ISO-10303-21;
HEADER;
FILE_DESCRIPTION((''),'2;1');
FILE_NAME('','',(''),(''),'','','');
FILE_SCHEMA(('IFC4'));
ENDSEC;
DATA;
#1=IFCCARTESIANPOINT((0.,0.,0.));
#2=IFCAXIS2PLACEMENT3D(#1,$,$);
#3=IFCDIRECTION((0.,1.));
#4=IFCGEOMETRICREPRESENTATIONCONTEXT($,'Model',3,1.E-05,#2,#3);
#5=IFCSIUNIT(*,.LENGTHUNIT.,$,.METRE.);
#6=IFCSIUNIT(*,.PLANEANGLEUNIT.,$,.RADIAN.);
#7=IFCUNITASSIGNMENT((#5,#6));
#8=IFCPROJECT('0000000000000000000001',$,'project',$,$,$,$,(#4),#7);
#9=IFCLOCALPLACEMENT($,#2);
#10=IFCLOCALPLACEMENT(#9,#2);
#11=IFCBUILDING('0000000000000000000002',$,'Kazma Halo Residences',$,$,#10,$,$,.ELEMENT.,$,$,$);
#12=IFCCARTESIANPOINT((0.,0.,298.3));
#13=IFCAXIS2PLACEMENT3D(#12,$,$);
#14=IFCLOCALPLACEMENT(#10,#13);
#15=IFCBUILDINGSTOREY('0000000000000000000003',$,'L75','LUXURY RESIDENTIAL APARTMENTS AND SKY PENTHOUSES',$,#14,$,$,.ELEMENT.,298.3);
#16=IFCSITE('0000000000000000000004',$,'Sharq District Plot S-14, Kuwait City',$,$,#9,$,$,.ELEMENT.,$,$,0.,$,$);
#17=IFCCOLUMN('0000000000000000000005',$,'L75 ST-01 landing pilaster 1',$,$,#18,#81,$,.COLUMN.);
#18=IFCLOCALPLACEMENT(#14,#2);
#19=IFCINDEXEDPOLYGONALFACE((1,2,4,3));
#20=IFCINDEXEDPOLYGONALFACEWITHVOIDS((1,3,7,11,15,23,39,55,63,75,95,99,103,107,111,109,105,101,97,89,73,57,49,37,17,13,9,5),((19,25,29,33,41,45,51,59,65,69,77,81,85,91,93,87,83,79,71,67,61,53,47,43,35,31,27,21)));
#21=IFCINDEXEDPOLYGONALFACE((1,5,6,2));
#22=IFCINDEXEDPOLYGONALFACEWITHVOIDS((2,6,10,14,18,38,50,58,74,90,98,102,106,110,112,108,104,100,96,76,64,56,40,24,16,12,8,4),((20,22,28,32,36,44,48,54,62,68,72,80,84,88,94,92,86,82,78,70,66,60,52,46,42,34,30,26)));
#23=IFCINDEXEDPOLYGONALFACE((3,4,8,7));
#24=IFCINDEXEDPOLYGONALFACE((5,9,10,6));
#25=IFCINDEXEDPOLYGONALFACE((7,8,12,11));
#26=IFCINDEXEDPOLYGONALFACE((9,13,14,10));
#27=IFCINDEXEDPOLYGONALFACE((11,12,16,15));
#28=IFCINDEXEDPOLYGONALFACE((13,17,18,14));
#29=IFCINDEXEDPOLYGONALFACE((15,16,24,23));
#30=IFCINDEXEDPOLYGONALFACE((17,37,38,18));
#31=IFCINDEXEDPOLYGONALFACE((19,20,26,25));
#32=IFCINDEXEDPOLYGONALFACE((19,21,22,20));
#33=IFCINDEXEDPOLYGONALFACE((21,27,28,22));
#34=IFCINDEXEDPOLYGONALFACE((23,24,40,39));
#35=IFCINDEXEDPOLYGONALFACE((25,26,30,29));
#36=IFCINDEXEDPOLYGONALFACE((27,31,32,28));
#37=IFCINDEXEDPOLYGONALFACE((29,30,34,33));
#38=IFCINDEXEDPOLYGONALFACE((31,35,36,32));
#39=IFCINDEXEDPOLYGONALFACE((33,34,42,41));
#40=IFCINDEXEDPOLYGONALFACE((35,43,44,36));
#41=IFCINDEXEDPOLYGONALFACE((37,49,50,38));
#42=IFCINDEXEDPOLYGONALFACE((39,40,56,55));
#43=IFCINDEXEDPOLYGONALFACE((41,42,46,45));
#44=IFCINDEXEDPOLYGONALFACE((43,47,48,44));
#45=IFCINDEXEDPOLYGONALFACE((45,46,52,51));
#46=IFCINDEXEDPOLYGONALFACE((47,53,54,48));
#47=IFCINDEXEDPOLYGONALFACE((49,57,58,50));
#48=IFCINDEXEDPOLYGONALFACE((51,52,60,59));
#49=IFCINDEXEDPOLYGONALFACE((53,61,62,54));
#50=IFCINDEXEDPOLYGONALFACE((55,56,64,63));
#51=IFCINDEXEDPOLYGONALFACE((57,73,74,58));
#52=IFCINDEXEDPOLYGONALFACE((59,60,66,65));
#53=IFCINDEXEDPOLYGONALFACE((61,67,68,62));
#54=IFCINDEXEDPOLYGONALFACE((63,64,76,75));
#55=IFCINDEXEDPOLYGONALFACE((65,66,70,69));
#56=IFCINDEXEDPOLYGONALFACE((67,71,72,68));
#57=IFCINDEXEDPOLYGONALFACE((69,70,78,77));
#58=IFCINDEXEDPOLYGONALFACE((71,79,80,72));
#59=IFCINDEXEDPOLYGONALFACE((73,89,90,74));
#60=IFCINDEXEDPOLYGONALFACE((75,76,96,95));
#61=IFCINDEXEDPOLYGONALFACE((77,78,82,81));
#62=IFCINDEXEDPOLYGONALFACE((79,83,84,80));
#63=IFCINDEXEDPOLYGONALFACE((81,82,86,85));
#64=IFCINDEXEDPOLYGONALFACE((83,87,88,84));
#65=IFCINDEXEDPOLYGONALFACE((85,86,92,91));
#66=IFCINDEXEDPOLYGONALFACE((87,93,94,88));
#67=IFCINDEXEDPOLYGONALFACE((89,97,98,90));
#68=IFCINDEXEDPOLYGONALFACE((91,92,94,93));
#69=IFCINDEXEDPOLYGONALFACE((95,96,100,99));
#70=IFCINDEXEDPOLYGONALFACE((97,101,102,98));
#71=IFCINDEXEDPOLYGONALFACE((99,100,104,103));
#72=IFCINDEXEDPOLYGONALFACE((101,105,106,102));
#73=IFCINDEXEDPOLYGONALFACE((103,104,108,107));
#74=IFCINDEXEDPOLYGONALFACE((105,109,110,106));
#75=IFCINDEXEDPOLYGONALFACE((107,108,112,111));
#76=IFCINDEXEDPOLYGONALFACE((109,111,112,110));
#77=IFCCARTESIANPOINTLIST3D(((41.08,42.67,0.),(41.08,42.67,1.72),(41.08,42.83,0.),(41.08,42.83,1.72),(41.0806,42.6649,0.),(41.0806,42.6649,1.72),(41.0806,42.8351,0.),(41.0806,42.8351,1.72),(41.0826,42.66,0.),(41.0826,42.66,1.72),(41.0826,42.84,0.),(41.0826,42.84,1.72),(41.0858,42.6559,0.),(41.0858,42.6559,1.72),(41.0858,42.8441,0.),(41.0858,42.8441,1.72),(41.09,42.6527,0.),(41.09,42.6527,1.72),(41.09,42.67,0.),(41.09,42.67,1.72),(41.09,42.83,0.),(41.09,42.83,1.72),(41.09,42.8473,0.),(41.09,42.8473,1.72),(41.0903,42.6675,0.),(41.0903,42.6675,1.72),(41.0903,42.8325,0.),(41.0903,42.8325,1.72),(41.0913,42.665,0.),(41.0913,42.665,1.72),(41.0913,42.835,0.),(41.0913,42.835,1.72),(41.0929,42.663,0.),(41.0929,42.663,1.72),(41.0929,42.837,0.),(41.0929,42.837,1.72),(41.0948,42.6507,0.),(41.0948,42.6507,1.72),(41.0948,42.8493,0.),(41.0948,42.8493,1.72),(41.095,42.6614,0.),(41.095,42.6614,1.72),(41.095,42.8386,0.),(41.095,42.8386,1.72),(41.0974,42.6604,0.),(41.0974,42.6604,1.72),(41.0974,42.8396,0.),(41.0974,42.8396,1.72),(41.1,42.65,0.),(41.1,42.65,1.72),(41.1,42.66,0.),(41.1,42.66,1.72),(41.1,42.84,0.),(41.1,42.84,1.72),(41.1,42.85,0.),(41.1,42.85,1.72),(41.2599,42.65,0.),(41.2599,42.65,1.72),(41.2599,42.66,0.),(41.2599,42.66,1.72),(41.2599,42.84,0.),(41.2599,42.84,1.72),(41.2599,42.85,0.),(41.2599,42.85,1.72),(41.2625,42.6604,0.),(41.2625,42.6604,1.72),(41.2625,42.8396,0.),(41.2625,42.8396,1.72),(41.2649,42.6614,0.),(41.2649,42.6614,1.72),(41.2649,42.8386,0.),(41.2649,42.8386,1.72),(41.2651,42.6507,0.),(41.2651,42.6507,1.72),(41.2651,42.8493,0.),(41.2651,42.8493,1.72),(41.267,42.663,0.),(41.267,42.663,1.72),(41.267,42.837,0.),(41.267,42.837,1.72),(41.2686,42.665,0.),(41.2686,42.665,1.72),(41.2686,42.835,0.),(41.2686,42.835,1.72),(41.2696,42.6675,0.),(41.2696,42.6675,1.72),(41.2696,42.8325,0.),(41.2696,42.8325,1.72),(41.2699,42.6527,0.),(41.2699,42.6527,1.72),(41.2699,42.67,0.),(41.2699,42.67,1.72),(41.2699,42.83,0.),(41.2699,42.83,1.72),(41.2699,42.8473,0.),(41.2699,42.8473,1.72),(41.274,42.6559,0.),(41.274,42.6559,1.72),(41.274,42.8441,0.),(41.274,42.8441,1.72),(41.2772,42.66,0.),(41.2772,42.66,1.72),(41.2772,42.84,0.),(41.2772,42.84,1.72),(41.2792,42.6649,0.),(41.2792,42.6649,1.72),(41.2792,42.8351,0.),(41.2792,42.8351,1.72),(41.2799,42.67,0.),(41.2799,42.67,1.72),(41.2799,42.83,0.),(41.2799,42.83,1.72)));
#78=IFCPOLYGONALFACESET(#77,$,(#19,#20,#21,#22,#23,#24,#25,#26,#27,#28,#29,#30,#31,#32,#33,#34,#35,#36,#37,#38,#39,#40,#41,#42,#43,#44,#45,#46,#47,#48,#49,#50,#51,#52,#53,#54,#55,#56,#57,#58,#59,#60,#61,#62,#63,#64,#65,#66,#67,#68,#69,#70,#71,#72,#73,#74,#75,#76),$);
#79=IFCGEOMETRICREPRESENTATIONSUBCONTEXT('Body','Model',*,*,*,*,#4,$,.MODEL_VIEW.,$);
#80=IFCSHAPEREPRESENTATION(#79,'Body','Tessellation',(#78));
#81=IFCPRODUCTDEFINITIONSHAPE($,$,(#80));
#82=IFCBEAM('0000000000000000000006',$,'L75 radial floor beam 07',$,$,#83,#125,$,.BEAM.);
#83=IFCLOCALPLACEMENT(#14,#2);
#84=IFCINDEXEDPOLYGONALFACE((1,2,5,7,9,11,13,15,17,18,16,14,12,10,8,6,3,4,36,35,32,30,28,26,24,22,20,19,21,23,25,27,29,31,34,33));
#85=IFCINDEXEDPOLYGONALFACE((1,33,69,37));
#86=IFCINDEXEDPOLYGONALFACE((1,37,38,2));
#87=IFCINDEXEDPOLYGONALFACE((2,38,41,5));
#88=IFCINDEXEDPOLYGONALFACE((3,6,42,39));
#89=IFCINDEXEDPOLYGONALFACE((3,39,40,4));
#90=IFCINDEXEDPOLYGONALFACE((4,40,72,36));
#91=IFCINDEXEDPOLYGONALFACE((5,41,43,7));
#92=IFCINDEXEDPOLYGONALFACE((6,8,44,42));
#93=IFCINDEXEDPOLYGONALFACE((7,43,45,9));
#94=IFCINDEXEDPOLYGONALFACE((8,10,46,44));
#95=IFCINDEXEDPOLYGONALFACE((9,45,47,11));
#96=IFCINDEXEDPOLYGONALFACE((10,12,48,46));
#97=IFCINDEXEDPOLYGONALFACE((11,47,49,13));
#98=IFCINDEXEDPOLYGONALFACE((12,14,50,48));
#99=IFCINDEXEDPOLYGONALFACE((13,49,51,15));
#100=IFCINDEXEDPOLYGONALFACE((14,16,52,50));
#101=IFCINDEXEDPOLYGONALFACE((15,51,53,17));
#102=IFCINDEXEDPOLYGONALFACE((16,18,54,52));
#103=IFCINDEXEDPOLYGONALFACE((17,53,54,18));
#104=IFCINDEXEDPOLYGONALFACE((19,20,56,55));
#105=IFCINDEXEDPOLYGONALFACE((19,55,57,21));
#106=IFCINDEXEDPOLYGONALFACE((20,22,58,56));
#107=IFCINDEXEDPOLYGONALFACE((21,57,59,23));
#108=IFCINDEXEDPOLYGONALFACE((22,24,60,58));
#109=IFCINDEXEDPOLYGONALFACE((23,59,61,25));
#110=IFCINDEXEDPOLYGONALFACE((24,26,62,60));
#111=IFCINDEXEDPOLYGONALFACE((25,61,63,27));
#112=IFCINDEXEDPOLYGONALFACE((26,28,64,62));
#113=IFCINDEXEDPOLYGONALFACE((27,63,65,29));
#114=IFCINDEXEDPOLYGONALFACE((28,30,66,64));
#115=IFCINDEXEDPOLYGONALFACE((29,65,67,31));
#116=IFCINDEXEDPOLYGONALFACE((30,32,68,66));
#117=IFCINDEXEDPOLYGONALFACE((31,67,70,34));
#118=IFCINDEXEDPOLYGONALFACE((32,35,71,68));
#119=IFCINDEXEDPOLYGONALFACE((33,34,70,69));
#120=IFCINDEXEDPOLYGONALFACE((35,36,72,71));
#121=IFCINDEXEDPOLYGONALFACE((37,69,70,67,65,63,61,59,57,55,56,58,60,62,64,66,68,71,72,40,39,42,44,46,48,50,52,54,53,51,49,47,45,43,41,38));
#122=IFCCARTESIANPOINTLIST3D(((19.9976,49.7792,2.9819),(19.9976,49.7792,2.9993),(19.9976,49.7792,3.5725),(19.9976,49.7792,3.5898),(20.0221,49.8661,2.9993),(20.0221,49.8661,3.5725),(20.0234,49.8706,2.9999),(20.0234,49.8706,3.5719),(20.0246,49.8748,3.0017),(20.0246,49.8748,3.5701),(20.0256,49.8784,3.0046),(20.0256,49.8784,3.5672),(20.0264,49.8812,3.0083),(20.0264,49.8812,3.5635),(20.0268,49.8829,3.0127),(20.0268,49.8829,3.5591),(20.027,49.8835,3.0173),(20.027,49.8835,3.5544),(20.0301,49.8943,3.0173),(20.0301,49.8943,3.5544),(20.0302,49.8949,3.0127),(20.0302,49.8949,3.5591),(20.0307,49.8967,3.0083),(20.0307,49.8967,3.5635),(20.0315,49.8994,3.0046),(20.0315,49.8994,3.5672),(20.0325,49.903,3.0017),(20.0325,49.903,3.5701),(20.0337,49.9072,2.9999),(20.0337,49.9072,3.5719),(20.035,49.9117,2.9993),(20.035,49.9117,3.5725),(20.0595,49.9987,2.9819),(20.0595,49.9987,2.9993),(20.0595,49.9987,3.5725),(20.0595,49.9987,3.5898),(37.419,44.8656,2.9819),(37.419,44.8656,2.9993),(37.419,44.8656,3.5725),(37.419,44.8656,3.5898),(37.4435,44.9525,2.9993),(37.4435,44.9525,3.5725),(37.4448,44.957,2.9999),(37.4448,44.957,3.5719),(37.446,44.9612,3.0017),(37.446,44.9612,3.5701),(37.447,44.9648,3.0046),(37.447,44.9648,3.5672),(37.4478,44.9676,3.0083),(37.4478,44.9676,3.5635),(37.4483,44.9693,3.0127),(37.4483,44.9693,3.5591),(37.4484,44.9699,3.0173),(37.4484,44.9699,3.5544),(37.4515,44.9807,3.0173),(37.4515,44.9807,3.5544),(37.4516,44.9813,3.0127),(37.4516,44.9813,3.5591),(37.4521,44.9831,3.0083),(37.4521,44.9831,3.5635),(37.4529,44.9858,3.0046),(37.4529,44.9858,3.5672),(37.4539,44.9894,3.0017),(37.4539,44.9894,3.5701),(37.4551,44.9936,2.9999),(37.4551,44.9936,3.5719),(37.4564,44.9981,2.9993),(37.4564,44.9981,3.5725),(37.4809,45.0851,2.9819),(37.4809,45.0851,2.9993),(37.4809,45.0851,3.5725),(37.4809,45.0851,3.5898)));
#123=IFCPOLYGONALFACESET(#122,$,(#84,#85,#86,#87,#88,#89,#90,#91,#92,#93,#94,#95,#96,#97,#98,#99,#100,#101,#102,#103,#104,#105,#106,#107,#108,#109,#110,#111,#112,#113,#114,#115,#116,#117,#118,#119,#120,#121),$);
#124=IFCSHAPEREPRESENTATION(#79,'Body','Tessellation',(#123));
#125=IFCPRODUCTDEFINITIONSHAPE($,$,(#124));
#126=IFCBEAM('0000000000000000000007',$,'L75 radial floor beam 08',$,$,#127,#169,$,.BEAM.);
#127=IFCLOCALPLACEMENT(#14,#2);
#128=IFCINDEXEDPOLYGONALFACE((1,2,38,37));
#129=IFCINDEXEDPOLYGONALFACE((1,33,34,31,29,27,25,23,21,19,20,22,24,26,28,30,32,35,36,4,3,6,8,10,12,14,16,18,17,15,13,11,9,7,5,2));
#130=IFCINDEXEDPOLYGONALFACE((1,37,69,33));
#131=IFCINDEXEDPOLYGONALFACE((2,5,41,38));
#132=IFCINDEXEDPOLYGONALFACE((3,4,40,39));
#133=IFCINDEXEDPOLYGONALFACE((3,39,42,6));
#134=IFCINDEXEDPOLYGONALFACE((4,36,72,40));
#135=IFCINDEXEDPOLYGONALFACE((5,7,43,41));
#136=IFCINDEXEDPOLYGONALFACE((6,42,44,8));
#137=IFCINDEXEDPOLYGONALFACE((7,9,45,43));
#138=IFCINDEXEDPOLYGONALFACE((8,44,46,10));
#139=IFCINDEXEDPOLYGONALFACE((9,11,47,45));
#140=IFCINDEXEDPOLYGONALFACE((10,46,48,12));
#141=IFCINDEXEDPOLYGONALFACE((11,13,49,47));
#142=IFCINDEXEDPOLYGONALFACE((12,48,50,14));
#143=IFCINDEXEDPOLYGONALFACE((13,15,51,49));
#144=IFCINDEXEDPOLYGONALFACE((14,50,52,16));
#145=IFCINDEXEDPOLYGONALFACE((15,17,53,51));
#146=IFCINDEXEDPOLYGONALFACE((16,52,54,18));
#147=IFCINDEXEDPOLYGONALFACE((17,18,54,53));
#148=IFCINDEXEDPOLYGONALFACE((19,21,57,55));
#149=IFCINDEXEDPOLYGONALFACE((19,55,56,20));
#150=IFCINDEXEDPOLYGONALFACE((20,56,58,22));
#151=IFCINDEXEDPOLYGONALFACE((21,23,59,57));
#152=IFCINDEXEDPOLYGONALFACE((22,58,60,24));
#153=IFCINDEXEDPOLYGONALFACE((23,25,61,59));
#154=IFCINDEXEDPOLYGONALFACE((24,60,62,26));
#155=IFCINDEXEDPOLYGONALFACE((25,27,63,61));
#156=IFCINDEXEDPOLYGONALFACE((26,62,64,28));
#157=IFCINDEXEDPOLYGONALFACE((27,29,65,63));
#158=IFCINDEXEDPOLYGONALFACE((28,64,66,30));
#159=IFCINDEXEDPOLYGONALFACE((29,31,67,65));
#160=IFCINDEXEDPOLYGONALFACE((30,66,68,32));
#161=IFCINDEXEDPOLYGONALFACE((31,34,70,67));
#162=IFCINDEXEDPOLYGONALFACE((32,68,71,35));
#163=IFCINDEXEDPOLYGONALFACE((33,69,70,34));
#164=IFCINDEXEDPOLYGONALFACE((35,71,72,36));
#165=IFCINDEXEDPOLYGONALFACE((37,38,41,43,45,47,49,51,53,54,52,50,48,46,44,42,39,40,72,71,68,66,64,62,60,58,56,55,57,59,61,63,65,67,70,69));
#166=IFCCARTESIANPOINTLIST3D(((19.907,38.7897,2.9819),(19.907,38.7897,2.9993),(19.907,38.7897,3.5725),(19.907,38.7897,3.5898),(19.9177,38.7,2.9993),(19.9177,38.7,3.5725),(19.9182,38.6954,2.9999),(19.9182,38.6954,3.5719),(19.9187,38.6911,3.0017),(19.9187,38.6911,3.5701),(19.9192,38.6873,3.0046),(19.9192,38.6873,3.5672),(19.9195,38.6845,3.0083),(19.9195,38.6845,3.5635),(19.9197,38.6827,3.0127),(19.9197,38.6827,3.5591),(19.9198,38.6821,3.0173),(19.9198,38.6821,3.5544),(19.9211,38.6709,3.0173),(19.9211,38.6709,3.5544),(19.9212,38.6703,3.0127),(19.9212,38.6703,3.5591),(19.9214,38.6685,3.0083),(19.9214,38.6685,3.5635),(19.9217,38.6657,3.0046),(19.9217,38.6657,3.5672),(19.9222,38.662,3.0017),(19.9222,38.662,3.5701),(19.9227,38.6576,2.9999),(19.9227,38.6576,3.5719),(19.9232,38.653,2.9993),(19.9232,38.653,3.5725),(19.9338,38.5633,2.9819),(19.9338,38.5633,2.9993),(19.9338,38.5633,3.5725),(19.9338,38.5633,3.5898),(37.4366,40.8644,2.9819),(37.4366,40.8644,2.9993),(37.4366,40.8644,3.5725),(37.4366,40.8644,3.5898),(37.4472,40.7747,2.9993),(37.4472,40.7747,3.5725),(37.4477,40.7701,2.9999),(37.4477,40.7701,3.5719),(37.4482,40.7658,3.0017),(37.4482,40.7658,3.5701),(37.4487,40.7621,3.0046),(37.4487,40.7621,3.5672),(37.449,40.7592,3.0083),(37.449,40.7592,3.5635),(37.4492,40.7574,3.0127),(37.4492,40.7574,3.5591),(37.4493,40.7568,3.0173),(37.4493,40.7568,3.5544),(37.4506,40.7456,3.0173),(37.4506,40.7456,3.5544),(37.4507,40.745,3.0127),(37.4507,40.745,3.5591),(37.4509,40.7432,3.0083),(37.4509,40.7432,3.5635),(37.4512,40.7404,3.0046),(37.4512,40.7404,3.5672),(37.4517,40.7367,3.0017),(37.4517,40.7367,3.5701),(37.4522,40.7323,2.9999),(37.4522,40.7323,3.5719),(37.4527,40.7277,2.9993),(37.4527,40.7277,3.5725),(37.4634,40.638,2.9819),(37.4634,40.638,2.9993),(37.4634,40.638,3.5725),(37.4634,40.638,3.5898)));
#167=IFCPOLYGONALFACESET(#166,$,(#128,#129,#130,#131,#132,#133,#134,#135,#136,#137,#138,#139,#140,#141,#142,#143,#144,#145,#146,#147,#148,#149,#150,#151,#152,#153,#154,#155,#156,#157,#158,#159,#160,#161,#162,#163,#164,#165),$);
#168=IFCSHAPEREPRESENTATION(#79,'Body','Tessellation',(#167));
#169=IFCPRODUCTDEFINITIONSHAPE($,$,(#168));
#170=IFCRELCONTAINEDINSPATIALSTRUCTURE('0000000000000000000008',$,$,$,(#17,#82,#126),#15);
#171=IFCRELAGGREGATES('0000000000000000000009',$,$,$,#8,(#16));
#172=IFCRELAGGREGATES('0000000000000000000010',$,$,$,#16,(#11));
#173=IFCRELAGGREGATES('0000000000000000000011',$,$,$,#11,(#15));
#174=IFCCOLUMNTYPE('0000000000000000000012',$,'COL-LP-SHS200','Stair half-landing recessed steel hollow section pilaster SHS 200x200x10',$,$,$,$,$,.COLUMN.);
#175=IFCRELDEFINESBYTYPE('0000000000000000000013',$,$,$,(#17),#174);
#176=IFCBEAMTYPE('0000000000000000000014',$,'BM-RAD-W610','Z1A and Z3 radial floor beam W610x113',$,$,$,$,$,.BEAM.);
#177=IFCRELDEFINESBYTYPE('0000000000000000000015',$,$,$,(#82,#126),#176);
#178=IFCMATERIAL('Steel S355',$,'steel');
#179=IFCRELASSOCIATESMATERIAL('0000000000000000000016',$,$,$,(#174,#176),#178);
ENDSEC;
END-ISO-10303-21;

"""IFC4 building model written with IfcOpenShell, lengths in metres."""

from ifc_helpers import new_model, si_unit, direction, frame, origin, origin_2d, place, context, subcontext, project, spatial, hollow_rectangle, i_section, extrude, material, material_profile, profile_set, type_object, element, save


model = new_model("IFC4")

# Units and contexts
model_context = context("Model", 3, precision=1e-05, world=origin(), true_north=direction((0.0, 1.0)))
body_context = subcontext(model_context, "Body", "Model", "MODEL_VIEW")
ifc_project = project(units=[si_unit("LENGTHUNIT", "METRE"), si_unit("PLANEANGLEUNIT", "RADIAN")], contexts=[model_context])

# Site, building, storey
site_placement = place(None, origin())
site = spatial("IfcSite", under=ifc_project, at=site_placement, Name="Sharq District Plot S-14, Kuwait City", CompositionType="ELEMENT", RefElevation=0.0)
building_placement = place(site_placement, origin())
building = spatial("IfcBuilding", under=site, at=building_placement, Name="Kazma Halo Residences", CompositionType="ELEMENT")
storey_placement = place(building_placement, frame((0.0, 0.0, 298.3)))
storey = spatial("IfcBuildingStorey", under=building, at=storey_placement, Name="L75", Description="LUXURY RESIDENTIAL APARTMENTS AND SKY PENTHOUSES", CompositionType="ELEMENT", Elevation=298.3)

# Column
ifc_material_1 = material(Name="Steel S355", Category="steel")
ifc_material_profile_1 = material_profile(ifc_material_1, hollow_rectangle(XDim=0.2, YDim=0.2, WallThickness=0.01, InnerFilletRadius=0.01, OuterFilletRadius=0.02, at=origin_2d()), Name="SHS200x200x10")
ifc_profile_set_1 = profile_set([ifc_material_profile_1], Name="Steel S355")
column_type = type_object("IfcColumnType", Name="COL-LP-SHS200", Description="Stair half-landing recessed steel hollow section pilaster SHS 200x200x10", PredefinedType="COLUMN", material=ifc_profile_set_1)
column_placement = place(storey_placement, frame((41.1799, 42.75, 0.0), z_axis=(0.0, 0.0, 1.0), x_axis=(1.0, 0.0, 0.0)))
element("IfcColumn", 1, at=column_placement, inside=storey, type_object=column_type, Name="L75 ST-01 landing pilaster 1", PredefinedType="COLUMN", context=body_context, shape_type="SweptSolid", body=[
    extrude(hollow_rectangle(XDim=0.2, YDim=0.2, WallThickness=0.01, InnerFilletRadius=0.01, OuterFilletRadius=0.02, at=origin_2d()), origin(), (0.0, 0.0, 1.0), 1.72),
])

# Beams
ifc_material_profile_2 = material_profile(ifc_material_1, i_section(OverallWidth=0.228, OverallDepth=0.6079, WebThickness=0.0112, FlangeThickness=0.0173, FilletRadius=0.0181, at=origin_2d()), Name="W610x113")
ifc_profile_set_2 = profile_set([ifc_material_profile_2], Name="Steel S355")
beam_type_1 = type_object("IfcBeamType", Name="BM-RAD-W610", Description="Z1A and Z3 radial floor beam W610x113", PredefinedType="BEAM", material=ifc_profile_set_2)
beam_1_placement = place(storey_placement, frame((37.45, 44.9753, 3.2859), z_axis=(-0.962452, 0.271452, 0.0), x_axis=(-0.271452, -0.962452, 0.0)))
element("IfcBeam", 2, at=beam_1_placement, inside=storey, type_object=beam_type_1, Name="L75 radial floor beam 07", PredefinedType="BEAM", context=body_context, shape_type="SweptSolid", body=[
    extrude(i_section(OverallWidth=0.228, OverallDepth=0.6079, WebThickness=0.0112, FlangeThickness=0.0173, FilletRadius=0.0181, at=origin_2d()), origin(), (0.0, 0.0, 1.0), 18.1011),
])
beam_2_placement = place(storey_placement, frame((37.45, 40.7512, 3.2859), z_axis=(-0.993069, -0.117535, 0.0), x_axis=(0.117535, -0.993069, 0.0)))
element("IfcBeam", 3, at=beam_2_placement, inside=storey, type_object=beam_type_1, Name="L75 radial floor beam 08", PredefinedType="BEAM", context=body_context, shape_type="SweptSolid", body=[
    extrude(i_section(OverallWidth=0.228, OverallDepth=0.6079, WebThickness=0.0112, FlangeThickness=0.0173, FilletRadius=0.0181, at=origin_2d()), origin(), (0.0, 0.0, 1.0), 17.6519),
])

save(model, "model.ifc")
